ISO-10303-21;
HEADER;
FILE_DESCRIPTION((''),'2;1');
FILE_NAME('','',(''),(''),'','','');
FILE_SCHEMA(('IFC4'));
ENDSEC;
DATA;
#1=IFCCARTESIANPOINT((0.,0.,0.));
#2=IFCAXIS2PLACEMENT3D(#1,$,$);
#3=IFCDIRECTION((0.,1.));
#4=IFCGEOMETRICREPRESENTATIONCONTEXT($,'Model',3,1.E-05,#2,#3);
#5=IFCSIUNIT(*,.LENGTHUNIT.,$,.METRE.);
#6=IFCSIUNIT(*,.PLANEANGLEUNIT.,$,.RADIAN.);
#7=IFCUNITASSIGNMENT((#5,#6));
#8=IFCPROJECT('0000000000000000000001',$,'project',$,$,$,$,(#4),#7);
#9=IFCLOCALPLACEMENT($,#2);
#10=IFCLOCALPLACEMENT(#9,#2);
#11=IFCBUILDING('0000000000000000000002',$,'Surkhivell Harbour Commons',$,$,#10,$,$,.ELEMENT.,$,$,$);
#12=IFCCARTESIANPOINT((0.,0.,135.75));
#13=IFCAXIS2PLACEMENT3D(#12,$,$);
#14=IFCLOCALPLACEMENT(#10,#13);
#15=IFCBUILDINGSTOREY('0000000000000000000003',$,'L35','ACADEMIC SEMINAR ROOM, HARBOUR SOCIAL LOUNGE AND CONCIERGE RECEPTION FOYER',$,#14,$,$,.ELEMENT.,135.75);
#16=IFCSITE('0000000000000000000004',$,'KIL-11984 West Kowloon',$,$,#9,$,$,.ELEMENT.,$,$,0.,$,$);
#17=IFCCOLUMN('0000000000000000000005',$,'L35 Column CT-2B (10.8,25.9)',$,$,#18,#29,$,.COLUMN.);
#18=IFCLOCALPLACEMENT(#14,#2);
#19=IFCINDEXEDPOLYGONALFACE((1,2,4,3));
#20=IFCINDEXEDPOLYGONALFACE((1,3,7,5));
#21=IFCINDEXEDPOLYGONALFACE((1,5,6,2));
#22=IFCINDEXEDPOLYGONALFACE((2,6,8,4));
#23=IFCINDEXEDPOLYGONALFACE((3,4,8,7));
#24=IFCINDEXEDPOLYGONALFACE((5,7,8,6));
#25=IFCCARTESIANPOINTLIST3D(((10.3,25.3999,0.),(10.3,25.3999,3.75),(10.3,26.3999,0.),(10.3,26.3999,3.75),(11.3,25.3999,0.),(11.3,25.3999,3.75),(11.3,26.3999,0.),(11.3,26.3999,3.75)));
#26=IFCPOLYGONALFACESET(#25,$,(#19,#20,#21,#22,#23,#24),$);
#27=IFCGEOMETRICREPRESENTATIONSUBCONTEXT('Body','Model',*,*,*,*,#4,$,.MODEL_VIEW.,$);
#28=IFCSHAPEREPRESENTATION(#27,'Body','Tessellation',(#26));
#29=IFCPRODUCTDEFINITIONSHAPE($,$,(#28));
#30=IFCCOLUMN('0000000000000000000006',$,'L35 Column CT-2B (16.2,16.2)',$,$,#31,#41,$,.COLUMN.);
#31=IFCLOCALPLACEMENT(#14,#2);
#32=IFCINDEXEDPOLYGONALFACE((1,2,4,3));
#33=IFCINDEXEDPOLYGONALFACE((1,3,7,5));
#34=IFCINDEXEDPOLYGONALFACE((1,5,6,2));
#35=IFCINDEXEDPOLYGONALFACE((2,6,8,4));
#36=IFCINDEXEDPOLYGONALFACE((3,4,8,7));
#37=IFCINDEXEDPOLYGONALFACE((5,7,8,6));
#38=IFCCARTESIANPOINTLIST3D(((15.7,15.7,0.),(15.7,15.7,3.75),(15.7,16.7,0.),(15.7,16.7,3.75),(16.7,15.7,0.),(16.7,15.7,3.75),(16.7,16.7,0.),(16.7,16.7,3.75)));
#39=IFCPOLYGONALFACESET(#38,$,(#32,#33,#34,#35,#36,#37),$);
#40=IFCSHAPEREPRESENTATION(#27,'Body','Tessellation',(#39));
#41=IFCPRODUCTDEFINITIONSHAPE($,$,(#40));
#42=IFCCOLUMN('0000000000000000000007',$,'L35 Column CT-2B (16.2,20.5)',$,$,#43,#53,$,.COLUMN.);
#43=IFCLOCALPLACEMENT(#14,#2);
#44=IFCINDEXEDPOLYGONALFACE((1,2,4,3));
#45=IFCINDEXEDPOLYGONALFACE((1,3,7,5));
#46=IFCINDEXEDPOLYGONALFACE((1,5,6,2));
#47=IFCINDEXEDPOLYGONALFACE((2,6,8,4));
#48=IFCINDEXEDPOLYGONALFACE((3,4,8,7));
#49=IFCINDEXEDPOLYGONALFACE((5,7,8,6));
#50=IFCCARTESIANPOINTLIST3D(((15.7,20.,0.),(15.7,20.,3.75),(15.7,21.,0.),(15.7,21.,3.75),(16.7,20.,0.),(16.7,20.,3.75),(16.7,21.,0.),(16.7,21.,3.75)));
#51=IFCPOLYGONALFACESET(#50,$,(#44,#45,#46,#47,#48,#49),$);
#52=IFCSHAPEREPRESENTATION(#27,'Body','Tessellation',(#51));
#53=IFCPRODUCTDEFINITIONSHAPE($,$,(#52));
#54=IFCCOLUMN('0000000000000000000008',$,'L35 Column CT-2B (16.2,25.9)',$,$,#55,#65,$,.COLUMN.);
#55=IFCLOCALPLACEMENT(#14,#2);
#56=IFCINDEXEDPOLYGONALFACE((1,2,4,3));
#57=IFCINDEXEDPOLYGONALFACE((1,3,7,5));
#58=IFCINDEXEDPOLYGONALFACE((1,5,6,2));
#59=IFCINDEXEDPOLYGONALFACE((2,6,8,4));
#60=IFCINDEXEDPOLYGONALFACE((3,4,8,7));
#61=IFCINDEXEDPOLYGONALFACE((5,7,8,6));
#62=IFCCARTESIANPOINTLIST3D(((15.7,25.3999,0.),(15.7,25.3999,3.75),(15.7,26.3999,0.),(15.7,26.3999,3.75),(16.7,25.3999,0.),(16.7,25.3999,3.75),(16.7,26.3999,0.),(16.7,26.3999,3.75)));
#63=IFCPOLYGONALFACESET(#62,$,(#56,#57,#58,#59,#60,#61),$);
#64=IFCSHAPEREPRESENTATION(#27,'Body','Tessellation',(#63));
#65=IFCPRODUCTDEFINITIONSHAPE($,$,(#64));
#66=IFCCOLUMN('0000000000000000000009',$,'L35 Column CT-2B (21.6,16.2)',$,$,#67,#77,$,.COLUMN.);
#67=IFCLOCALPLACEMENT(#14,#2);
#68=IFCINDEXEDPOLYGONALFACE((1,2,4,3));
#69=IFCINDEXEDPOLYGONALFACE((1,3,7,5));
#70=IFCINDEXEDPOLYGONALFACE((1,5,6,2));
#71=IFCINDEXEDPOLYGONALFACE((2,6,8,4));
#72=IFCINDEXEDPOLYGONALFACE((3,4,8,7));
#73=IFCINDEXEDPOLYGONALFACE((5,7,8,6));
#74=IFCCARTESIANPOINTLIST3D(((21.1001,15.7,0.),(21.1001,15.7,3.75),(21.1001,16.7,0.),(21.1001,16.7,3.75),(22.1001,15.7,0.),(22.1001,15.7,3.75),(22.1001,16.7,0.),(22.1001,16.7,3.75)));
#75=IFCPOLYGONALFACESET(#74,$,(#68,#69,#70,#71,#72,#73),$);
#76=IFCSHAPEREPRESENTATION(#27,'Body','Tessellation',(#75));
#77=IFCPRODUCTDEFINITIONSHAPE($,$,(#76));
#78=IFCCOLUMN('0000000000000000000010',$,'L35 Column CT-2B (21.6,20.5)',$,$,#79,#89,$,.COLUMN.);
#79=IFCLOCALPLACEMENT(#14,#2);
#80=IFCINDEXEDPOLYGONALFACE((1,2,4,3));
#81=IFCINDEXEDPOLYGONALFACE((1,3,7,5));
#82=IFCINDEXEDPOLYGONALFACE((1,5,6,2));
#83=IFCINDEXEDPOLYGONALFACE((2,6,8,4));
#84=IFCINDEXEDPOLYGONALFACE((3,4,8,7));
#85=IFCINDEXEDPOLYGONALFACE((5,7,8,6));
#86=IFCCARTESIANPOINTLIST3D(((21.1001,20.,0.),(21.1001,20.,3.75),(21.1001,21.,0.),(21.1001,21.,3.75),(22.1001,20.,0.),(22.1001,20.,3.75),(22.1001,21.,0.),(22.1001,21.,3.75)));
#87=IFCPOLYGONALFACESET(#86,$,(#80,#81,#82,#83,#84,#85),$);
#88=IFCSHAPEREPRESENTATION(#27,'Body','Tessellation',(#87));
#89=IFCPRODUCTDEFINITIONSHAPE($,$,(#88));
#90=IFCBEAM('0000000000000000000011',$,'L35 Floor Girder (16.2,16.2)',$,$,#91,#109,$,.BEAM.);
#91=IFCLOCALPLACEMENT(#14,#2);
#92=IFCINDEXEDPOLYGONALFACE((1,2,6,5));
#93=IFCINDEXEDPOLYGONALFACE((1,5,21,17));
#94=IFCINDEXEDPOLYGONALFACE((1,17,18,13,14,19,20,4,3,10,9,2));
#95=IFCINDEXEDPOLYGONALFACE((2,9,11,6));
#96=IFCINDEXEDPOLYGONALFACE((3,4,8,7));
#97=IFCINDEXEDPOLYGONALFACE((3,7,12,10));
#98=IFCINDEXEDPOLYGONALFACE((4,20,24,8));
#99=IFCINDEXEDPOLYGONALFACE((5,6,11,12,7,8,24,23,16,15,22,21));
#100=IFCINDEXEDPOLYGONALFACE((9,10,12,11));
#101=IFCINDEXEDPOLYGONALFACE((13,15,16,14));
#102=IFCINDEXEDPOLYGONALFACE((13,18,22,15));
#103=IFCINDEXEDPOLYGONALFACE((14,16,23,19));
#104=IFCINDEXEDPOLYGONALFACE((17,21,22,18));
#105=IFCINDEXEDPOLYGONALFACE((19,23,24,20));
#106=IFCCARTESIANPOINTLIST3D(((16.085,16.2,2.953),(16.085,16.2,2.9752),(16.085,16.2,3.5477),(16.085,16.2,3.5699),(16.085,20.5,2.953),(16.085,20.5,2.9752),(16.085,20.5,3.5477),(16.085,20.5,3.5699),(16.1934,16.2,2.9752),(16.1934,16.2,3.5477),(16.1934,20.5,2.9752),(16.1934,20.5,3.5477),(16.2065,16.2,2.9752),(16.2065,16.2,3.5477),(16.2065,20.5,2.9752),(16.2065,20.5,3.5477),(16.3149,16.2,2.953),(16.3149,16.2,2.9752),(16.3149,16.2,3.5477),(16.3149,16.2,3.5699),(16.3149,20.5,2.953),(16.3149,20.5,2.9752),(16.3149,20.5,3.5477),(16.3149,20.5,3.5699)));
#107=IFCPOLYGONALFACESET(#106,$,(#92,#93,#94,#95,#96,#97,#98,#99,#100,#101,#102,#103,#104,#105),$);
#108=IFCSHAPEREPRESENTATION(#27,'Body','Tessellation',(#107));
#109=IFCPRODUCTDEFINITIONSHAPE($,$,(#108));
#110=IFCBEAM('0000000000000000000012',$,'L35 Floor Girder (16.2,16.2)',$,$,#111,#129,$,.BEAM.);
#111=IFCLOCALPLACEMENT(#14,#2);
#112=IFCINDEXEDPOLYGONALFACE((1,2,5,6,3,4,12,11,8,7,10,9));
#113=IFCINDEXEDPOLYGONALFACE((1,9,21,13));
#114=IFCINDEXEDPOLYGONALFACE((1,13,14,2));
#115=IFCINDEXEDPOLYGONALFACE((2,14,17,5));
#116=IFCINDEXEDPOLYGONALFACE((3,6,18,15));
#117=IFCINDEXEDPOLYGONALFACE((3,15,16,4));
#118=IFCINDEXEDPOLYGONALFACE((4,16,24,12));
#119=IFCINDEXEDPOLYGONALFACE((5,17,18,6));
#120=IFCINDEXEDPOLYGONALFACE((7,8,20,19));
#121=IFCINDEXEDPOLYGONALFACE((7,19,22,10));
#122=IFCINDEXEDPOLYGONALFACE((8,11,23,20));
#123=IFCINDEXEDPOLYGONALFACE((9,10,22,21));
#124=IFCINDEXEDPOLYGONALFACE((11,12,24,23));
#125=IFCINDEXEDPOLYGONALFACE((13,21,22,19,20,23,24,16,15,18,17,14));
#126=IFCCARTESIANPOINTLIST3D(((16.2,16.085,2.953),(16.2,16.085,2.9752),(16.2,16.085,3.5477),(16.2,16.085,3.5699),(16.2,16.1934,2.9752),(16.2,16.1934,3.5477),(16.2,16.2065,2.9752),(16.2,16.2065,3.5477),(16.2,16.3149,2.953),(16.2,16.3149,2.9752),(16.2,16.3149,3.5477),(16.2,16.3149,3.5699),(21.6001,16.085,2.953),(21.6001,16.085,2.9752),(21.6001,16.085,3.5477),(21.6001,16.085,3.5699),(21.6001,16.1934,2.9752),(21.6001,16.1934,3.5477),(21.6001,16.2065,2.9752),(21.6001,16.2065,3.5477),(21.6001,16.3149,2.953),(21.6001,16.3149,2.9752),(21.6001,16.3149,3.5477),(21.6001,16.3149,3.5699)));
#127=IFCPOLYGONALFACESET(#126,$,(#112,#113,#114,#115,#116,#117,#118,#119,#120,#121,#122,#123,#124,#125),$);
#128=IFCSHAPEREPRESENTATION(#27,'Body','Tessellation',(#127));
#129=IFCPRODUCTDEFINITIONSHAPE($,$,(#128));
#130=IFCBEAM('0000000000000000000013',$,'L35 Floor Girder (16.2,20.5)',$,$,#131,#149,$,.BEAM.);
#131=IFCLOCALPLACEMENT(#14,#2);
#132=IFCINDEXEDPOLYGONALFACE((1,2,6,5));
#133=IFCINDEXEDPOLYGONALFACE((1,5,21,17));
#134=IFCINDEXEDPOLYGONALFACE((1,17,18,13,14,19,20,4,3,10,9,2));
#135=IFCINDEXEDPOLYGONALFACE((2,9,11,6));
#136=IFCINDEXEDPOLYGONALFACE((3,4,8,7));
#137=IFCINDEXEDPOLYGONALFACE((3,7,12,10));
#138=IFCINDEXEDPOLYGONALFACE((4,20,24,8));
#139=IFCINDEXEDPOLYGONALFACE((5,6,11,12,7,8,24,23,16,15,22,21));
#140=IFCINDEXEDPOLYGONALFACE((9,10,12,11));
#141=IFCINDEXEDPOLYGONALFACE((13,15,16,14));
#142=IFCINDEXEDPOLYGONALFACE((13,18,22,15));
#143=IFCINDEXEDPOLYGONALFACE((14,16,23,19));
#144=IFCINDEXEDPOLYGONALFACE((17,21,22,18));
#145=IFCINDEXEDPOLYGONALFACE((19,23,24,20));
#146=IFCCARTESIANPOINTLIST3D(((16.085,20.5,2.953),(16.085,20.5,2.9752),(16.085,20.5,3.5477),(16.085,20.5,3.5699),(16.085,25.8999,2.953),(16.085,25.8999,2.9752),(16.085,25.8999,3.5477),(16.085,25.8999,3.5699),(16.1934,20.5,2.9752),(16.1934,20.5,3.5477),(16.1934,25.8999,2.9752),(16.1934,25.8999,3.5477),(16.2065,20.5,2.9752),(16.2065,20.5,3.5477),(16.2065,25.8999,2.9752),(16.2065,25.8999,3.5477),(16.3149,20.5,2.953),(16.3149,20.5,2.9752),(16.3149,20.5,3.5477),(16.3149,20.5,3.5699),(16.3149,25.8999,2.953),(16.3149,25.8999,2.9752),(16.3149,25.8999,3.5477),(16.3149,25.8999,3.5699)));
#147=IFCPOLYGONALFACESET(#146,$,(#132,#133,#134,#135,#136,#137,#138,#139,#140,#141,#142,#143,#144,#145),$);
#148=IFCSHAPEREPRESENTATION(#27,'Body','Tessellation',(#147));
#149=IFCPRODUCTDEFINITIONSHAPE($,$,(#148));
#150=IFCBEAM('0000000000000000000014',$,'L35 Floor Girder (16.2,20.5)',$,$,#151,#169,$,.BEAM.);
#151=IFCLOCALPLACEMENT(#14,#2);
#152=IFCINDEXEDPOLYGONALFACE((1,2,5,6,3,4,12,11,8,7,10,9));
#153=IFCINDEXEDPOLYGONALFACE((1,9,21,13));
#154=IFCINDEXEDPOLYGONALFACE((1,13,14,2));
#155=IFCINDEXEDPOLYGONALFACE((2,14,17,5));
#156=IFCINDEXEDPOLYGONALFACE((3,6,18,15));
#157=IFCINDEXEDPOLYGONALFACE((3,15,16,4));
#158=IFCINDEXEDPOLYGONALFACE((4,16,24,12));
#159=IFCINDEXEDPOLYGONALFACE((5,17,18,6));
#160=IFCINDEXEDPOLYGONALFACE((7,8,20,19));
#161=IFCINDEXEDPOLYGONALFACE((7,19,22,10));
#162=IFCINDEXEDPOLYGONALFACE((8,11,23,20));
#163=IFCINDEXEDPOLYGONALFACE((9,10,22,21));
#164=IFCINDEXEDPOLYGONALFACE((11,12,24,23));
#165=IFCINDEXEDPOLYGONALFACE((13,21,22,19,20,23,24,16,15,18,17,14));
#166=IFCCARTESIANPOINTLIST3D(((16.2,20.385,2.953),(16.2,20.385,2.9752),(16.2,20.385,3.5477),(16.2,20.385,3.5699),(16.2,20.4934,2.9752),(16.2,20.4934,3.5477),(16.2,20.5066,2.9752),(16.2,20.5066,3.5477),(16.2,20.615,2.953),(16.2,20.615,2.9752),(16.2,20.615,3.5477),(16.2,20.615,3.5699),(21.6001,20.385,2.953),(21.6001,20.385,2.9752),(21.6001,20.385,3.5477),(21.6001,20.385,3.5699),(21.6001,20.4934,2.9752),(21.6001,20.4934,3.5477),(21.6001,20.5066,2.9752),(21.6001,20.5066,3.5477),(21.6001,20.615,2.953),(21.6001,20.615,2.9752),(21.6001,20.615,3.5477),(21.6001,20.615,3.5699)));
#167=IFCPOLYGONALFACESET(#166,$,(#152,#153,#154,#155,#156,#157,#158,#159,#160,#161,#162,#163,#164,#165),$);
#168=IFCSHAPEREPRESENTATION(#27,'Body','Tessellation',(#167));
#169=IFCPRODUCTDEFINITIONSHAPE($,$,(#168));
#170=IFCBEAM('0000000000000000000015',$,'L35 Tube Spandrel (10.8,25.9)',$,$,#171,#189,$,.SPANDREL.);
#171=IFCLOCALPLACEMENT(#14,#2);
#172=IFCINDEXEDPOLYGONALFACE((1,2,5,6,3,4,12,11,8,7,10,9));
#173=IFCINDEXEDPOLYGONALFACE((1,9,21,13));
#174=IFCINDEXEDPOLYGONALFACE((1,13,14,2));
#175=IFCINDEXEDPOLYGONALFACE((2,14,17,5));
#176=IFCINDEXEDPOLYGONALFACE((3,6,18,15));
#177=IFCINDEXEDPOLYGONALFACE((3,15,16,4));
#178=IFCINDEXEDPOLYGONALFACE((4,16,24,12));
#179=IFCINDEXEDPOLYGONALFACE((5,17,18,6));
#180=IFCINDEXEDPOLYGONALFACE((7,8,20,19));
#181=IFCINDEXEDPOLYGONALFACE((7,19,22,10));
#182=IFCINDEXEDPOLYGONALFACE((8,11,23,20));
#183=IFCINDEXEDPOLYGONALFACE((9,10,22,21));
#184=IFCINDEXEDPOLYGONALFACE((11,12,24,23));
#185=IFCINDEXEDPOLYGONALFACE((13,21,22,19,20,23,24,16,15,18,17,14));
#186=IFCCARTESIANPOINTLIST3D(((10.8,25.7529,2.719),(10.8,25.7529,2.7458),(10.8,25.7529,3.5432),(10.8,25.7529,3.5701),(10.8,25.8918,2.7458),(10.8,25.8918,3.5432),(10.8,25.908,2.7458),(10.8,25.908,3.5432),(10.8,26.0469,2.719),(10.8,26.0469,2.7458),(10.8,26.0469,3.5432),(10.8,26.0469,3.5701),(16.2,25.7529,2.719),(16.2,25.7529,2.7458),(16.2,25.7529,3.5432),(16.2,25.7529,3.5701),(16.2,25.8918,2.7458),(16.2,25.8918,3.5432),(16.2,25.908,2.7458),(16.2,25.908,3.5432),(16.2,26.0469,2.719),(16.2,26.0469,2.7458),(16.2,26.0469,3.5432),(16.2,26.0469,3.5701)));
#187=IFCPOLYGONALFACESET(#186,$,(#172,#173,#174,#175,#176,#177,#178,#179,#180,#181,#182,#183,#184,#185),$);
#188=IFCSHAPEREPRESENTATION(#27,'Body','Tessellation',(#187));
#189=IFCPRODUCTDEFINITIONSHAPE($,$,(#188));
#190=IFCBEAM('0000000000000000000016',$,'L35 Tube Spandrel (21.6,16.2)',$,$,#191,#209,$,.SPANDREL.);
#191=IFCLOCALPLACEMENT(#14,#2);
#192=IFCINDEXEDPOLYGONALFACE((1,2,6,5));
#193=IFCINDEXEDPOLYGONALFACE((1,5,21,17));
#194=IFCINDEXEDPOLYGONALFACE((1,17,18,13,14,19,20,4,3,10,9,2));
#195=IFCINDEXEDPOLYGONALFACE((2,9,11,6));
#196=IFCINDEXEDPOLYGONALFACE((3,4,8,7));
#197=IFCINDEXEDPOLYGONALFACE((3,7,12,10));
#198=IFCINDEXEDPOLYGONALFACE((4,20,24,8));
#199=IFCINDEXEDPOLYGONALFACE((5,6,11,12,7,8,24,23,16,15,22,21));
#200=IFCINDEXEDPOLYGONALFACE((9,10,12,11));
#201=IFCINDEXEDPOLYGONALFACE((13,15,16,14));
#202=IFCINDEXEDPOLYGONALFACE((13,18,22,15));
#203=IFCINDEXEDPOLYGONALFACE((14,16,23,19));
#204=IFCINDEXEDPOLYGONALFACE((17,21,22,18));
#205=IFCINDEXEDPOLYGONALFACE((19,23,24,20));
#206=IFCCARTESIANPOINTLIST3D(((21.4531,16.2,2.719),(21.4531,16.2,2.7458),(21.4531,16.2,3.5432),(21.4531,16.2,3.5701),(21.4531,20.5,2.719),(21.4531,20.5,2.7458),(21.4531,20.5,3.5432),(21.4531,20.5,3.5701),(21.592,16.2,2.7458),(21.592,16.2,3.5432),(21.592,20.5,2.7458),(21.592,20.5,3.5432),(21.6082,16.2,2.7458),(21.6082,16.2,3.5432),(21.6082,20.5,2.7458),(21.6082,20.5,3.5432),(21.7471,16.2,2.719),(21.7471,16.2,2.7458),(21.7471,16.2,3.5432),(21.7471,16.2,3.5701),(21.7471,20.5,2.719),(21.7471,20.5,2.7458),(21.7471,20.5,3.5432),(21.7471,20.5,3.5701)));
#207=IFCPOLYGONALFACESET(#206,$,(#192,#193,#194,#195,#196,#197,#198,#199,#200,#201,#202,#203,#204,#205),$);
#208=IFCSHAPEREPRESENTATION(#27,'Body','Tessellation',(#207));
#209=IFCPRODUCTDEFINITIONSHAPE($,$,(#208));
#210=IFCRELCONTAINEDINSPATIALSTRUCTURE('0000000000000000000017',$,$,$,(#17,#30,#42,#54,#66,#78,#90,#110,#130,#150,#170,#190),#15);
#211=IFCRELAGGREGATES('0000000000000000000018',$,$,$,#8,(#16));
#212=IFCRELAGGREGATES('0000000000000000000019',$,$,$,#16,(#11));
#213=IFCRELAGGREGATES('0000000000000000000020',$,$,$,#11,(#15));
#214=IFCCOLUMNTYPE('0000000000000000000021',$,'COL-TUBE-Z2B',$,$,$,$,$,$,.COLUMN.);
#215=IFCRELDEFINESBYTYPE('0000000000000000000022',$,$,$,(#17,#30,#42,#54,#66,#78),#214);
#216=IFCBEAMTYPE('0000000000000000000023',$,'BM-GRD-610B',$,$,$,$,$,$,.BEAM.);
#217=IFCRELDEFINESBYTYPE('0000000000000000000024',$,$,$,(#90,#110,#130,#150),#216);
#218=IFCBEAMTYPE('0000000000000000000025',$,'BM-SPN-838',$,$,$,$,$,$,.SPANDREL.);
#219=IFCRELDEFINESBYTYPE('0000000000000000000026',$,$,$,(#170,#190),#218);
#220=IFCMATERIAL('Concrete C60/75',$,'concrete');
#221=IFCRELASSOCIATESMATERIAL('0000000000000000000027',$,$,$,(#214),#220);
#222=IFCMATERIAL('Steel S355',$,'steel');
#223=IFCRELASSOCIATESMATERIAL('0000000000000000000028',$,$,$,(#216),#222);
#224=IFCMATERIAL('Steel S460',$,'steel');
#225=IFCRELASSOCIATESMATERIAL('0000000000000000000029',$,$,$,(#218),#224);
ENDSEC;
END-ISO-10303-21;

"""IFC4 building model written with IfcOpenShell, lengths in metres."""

from ifc_helpers import new_model, si_unit, direction, frame, origin, origin_2d, place, context, subcontext, project, spatial, rectangle, i_section, extrude, material, material_profile, profile_set, type_object, element, save


model = new_model("IFC4")

# Units and contexts
model_context = context("Model", 3, precision=1e-05, world=origin(), true_north=direction((0.0, 1.0)))
body_context = subcontext(model_context, "Body", "Model", "MODEL_VIEW")
ifc_project = project(units=[si_unit("LENGTHUNIT", "METRE"), si_unit("PLANEANGLEUNIT", "RADIAN")], contexts=[model_context])

# Site, building, storey
site_placement = place(None, origin())
site = spatial("IfcSite", under=ifc_project, at=site_placement, Name="KIL-11984 West Kowloon", CompositionType="ELEMENT", RefElevation=0.0)
building_placement = place(site_placement, origin())
building = spatial("IfcBuilding", under=site, at=building_placement, Name="Surkhivell Harbour Commons", CompositionType="ELEMENT")
storey_placement = place(building_placement, frame((0.0, 0.0, 135.75)))
storey = spatial("IfcBuildingStorey", under=building, at=storey_placement, Name="L35", Description="ACADEMIC SEMINAR ROOM, HARBOUR SOCIAL LOUNGE AND CONCIERGE RECEPTION FOYER", CompositionType="ELEMENT", Elevation=135.75)

# Columns
ifc_material_1 = material(Name="Concrete C60/75", Category="concrete")
ifc_material_profile_1 = material_profile(ifc_material_1, rectangle(XDim=1.0, YDim=1.0, at=origin_2d()), Name="RC-COL-1000x1000")
ifc_profile_set_1 = profile_set([ifc_material_profile_1], Name="Concrete C60/75")
column_type = type_object("IfcColumnType", Name="COL-TUBE-Z2B", PredefinedType="COLUMN", material=ifc_profile_set_1)
for number, where, z_axis, x_axis, name in (
    (1, (10.8, 25.8999, 0.0), (0.0, 0.0, 1.0), (1.0, 0.0, 0.0), "L35 Column CT-2B (10.8,25.9)"),
    (2, (16.2, 16.2, 0.0), (0.0, 0.0, 1.0), (1.0, 0.0, 0.0), "L35 Column CT-2B (16.2,16.2)"),
    (3, (16.2, 20.5, 0.0), (0.0, 0.0, 1.0), (1.0, 0.0, 0.0), "L35 Column CT-2B (16.2,20.5)"),
    (4, (16.2, 25.8999, 0.0), (0.0, 0.0, 1.0), (1.0, 0.0, 0.0), "L35 Column CT-2B (16.2,25.9)"),
    (5, (21.6001, 16.2, 0.0), (0.0, 0.0, 1.0), (1.0, 0.0, 0.0), "L35 Column CT-2B (21.6,16.2)"),
    (6, (21.6001, 20.5, 0.0), (0.0, 0.0, 1.0), (1.0, 0.0, 0.0), "L35 Column CT-2B (21.6,20.5)"),
):
    element("IfcColumn", number, at=place(storey_placement, frame(where, z_axis=z_axis, x_axis=x_axis)), inside=storey, type_object=column_type, Name=name, PredefinedType="COLUMN", context=body_context, shape_type="SweptSolid", body=[
        extrude(rectangle(XDim=1.0, YDim=1.0, at=origin_2d()), origin(), (0.0, 0.0, 1.0), 3.75),
    ])

# Beams
ifc_material_2 = material(Name="Steel S355", Category="steel")
ifc_material_profile_2 = material_profile(ifc_material_2, i_section(OverallWidth=0.23, OverallDepth=0.6169, WebThickness=0.0132, FlangeThickness=0.0222, at=origin_2d()), Name="UB610x229x140")
ifc_profile_set_2 = profile_set([ifc_material_profile_2], Name="Steel S355")
beam_type_1 = type_object("IfcBeamType", Name="BM-GRD-610B", PredefinedType="BEAM", material=ifc_profile_set_2)
beam_1_placement = place(storey_placement, frame((16.2, 16.2, 3.2615), z_axis=(0.0, 1.0, 0.0), x_axis=(-1.0, 0.0, 0.0)))
element("IfcBeam", 7, at=beam_1_placement, inside=storey, type_object=beam_type_1, Name="L35 Floor Girder (16.2,16.2)", PredefinedType="BEAM", context=body_context, shape_type="SweptSolid", body=[
    extrude(i_section(OverallWidth=0.23, OverallDepth=0.6169, WebThickness=0.0132, FlangeThickness=0.0222, at=origin_2d()), origin(), (0.0, 0.0, 1.0), 4.3),
])
beam_2_placement = place(storey_placement, frame((16.2, 16.2, 3.2615), z_axis=(1.0, 0.0, 0.0), x_axis=(0.0, 1.0, 0.0)))
element("IfcBeam", 8, at=beam_2_placement, inside=storey, type_object=beam_type_1, Name="L35 Floor Girder (16.2,16.2)", PredefinedType="BEAM", context=body_context, shape_type="SweptSolid", body=[
    extrude(i_section(OverallWidth=0.23, OverallDepth=0.6169, WebThickness=0.0132, FlangeThickness=0.0222, at=origin_2d()), origin(), (0.0, 0.0, 1.0), 5.4001),
])
beam_3_placement = place(storey_placement, frame((16.2, 20.5, 3.2615), z_axis=(0.0, 1.0, 0.0), x_axis=(-1.0, 0.0, 0.0)))
element("IfcBeam", 9, at=beam_3_placement, inside=storey, type_object=beam_type_1, Name="L35 Floor Girder (16.2,20.5)", PredefinedType="BEAM", context=body_context, shape_type="SweptSolid", body=[
    extrude(i_section(OverallWidth=0.23, OverallDepth=0.6169, WebThickness=0.0132, FlangeThickness=0.0222, at=origin_2d()), origin(), (0.0, 0.0, 1.0), 5.3999),
])
beam_4_placement = place(storey_placement, frame((16.2, 20.5, 3.2615), z_axis=(1.0, 0.0, 0.0), x_axis=(0.0, 1.0, 0.0)))
element("IfcBeam", 10, at=beam_4_placement, inside=storey, type_object=beam_type_1, Name="L35 Floor Girder (16.2,20.5)", PredefinedType="BEAM", context=body_context, shape_type="SweptSolid", body=[
    extrude(i_section(OverallWidth=0.23, OverallDepth=0.6169, WebThickness=0.0132, FlangeThickness=0.0222, at=origin_2d()), origin(), (0.0, 0.0, 1.0), 5.4001),
])
ifc_material_3 = material(Name="Steel S460", Category="steel")
ifc_material_profile_3 = material_profile(ifc_material_3, i_section(OverallWidth=0.2939, OverallDepth=0.8511, WebThickness=0.0161, FlangeThickness=0.0269, at=origin_2d()), Name="UB838x292x226")
ifc_profile_set_3 = profile_set([ifc_material_profile_3], Name="Steel S460")
beam_type_2 = type_object("IfcBeamType", Name="BM-SPN-838", PredefinedType="SPANDREL", material=ifc_profile_set_3)
beam_5_placement = place(storey_placement, frame((10.8, 25.8999, 3.1445), z_axis=(1.0, 0.0, 0.0), x_axis=(0.0, 1.0, 0.0)))
element("IfcBeam", 11, at=beam_5_placement, inside=storey, type_object=beam_type_2, Name="L35 Tube Spandrel (10.8,25.9)", PredefinedType="SPANDREL", context=body_context, shape_type="SweptSolid", body=[
    extrude(i_section(OverallWidth=0.2939, OverallDepth=0.8511, WebThickness=0.0161, FlangeThickness=0.0269, at=origin_2d()), origin(), (0.0, 0.0, 1.0), 5.3999),
])
beam_6_placement = place(storey_placement, frame((21.6001, 16.2, 3.1445), z_axis=(0.0, 1.0, 0.0), x_axis=(-1.0, 0.0, 0.0)))
element("IfcBeam", 12, at=beam_6_placement, inside=storey, type_object=beam_type_2, Name="L35 Tube Spandrel (21.6,16.2)", PredefinedType="SPANDREL", context=body_context, shape_type="SweptSolid", body=[
    extrude(i_section(OverallWidth=0.2939, OverallDepth=0.8511, WebThickness=0.0161, FlangeThickness=0.0269, at=origin_2d()), origin(), (0.0, 0.0, 1.0), 4.3),
])

save(model, "model.ifc")
